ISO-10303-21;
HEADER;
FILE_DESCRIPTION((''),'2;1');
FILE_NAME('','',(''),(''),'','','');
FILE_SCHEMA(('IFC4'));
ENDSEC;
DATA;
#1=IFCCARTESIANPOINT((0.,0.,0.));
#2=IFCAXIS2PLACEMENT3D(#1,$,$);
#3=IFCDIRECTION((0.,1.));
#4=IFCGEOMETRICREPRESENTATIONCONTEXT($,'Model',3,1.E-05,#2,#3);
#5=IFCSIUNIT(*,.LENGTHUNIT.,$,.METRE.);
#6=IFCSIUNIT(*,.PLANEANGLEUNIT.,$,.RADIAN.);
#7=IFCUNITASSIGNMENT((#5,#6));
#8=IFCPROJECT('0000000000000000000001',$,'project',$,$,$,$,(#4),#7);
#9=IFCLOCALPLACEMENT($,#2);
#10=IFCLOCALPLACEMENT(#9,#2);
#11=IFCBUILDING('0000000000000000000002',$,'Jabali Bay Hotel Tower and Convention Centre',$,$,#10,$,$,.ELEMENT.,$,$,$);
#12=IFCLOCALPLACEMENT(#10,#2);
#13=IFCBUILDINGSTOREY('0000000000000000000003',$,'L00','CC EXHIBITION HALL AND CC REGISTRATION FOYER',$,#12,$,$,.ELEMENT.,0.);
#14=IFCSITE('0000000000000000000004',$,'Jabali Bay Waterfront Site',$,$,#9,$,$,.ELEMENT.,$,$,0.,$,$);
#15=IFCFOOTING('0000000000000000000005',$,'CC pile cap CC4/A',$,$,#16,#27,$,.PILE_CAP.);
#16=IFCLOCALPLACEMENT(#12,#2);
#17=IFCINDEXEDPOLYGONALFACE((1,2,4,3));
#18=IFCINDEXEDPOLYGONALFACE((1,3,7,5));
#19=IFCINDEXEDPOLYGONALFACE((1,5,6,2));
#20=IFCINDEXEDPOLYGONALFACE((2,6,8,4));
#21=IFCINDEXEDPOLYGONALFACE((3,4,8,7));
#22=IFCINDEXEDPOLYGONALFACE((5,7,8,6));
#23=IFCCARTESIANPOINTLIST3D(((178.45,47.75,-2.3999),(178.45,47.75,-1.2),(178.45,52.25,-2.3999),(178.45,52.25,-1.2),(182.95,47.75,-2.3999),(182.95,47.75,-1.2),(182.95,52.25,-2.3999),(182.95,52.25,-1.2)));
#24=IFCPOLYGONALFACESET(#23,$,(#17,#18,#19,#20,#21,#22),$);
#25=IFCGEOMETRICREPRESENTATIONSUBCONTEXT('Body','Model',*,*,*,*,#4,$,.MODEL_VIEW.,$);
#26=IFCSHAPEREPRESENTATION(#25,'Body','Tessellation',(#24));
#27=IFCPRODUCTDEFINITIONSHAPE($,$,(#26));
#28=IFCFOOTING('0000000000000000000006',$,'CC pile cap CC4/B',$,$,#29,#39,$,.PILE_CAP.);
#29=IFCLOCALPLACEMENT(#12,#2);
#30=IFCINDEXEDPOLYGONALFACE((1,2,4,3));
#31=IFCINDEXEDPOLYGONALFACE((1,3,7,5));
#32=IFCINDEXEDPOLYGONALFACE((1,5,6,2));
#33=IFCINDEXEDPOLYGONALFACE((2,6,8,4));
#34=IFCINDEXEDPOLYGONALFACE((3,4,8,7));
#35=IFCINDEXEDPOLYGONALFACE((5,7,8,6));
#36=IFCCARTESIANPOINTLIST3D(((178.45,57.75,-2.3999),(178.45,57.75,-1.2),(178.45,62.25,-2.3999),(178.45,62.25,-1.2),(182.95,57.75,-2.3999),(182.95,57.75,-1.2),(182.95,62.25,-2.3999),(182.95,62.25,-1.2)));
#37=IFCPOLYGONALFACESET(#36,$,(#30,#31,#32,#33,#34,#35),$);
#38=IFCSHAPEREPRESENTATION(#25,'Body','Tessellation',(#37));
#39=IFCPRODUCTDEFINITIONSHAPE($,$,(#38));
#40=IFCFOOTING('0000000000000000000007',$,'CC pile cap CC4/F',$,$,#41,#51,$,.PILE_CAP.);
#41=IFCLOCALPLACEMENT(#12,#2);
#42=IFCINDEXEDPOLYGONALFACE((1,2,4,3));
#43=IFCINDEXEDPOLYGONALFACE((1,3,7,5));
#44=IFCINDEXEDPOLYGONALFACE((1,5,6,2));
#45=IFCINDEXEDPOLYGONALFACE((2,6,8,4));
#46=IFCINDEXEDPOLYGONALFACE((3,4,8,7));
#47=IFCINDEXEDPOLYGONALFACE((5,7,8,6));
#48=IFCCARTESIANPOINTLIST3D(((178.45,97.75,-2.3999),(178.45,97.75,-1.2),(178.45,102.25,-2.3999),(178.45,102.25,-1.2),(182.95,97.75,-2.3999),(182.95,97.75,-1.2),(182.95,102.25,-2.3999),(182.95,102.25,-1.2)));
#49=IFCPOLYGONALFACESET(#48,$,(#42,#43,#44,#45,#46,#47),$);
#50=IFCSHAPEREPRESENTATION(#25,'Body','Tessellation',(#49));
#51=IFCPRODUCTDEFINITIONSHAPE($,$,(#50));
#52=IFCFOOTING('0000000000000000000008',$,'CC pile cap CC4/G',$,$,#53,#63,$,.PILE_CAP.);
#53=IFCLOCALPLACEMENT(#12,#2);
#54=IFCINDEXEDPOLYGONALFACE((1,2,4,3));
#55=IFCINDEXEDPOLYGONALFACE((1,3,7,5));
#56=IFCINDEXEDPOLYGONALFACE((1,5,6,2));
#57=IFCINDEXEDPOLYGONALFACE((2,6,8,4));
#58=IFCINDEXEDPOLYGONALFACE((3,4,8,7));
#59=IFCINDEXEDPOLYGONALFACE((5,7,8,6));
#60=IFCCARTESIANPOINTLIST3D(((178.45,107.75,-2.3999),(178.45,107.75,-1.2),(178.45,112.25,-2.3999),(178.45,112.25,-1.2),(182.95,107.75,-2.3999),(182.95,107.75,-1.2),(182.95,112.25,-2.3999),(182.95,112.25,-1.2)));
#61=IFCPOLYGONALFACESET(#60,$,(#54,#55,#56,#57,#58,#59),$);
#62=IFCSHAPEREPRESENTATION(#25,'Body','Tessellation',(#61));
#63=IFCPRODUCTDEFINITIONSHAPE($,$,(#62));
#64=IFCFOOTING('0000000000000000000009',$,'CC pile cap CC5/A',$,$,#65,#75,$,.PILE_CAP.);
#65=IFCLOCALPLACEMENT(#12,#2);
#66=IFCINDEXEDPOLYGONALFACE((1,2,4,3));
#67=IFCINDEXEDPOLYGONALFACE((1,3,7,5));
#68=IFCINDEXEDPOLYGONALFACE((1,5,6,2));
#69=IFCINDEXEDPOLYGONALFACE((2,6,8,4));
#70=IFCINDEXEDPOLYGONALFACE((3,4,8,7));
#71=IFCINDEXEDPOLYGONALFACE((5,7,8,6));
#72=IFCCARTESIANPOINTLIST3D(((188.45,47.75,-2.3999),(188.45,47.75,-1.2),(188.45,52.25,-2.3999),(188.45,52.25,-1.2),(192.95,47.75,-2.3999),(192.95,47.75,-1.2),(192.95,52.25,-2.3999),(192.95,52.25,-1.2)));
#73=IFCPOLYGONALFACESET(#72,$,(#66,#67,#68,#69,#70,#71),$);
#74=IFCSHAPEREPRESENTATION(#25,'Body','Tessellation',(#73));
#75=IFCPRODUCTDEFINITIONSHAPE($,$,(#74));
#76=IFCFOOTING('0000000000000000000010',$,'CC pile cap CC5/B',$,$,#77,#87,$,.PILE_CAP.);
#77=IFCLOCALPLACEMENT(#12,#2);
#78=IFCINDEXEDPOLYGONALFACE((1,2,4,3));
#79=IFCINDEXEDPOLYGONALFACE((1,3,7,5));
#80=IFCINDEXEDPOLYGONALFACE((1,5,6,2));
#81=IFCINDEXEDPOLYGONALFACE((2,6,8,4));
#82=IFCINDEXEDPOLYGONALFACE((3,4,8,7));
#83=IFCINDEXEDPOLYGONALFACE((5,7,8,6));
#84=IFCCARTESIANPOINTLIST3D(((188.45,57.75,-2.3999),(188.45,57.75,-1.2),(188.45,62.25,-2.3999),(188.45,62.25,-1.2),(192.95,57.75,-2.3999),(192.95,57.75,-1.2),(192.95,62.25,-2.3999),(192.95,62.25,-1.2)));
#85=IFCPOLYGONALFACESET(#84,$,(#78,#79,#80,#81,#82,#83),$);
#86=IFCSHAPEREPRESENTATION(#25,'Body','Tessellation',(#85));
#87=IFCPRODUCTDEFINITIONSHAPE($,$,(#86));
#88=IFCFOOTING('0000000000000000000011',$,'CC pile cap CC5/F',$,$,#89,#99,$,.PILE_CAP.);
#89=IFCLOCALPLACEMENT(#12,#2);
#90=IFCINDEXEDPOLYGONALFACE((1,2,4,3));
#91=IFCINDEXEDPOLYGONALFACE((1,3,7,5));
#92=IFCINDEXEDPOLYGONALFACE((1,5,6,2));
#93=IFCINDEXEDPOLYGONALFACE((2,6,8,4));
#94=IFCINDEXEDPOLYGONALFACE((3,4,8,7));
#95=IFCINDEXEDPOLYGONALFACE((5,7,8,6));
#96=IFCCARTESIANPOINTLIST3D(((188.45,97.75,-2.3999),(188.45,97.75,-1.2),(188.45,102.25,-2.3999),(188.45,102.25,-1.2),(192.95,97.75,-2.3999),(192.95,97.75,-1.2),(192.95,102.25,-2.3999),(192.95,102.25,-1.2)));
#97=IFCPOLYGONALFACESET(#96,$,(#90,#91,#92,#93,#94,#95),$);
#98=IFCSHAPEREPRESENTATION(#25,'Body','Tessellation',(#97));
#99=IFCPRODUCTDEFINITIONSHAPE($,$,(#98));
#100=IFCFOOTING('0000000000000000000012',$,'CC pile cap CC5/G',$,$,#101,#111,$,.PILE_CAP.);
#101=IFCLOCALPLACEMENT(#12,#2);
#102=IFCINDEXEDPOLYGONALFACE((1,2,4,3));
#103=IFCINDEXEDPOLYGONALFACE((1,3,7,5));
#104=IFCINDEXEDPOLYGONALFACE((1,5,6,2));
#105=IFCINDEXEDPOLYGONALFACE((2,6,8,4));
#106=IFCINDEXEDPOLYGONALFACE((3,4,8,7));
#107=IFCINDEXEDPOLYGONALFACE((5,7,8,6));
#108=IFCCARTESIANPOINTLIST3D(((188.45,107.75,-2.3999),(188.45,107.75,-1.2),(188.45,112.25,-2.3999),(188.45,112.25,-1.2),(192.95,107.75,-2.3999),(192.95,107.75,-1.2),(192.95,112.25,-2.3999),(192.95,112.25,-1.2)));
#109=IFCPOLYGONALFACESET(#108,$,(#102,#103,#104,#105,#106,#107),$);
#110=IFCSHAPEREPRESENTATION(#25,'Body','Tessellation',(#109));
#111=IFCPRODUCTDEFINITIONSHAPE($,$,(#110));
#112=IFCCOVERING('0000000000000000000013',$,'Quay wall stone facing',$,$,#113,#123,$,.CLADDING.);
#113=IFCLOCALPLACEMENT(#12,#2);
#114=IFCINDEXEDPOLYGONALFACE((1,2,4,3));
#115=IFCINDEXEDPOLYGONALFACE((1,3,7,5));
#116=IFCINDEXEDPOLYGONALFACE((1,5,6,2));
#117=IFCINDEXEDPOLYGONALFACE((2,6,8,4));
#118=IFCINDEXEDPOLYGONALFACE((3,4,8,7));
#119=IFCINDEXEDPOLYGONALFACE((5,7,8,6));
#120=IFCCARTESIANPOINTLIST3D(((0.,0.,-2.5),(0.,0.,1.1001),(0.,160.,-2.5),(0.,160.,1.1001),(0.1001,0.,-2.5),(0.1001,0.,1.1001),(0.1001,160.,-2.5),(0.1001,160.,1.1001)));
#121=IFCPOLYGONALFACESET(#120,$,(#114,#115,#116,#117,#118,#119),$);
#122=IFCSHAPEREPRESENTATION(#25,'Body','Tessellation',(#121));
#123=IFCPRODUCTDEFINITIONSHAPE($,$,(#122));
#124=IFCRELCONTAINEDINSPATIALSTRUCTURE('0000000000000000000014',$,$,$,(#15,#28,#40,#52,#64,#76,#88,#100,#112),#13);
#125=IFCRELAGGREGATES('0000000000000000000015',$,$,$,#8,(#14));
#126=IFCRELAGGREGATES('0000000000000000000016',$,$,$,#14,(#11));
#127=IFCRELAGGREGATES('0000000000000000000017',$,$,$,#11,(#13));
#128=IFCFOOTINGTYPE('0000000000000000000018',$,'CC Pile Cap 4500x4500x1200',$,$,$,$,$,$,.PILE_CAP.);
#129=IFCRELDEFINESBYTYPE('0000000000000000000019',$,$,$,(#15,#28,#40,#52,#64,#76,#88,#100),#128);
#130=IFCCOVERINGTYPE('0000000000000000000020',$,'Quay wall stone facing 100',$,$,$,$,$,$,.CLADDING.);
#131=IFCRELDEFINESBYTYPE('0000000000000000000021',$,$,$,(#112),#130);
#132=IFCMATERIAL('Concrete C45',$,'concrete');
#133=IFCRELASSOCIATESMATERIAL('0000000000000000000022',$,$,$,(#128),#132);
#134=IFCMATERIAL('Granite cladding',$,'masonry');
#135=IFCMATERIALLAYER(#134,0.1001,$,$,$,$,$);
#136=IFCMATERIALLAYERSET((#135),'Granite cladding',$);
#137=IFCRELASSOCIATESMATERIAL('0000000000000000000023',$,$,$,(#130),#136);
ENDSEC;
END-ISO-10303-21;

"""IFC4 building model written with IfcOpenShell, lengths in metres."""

from ifc_helpers import new_model, si_unit, direction, frame, origin, place, context, subcontext, project, spatial, polyline, outline, extrude, material, layer, layer_set, type_object, element, save


model = new_model("IFC4")

# Units and contexts
model_context = context("Model", 3, precision=1e-05, world=origin(), true_north=direction((0.0, 1.0)))
body_context = subcontext(model_context, "Body", "Model", "MODEL_VIEW")
ifc_project = project(units=[si_unit("LENGTHUNIT", "METRE"), si_unit("PLANEANGLEUNIT", "RADIAN")], contexts=[model_context])

# Site, building, storey
site_placement = place(None, origin())
site = spatial("IfcSite", under=ifc_project, at=site_placement, Name="Jabali Bay Waterfront Site", CompositionType="ELEMENT", RefElevation=0.0)
building_placement = place(site_placement, origin())
building = spatial("IfcBuilding", under=site, at=building_placement, Name="Jabali Bay Hotel Tower and Convention Centre", CompositionType="ELEMENT")
storey_placement = place(building_placement, origin())
storey = spatial("IfcBuildingStorey", under=building, at=storey_placement, Name="L00", Description="CC EXHIBITION HALL AND CC REGISTRATION FOYER", CompositionType="ELEMENT", Elevation=0.0)

# Footings
ifc_material_1 = material(Name="Concrete C45", Category="concrete")
footing_type = type_object("IfcFootingType", Name="CC Pile Cap 4500x4500x1200", PredefinedType="PILE_CAP", material=ifc_material_1)
footing_1_placement = place(storey_placement, frame((0.0, 0.0, -2.3999)))
element("IfcFooting", 1, at=footing_1_placement, inside=storey, type_object=footing_type, Name="CC pile cap CC4/A", PredefinedType="PILE_CAP", context=body_context, shape_type="SweptSolid", body=[
    extrude(outline(polyline([(178.45, 47.75), (182.95, 47.75), (182.95, 52.25), (178.45, 52.25), (178.45, 47.75)])), origin(), (0.0, 0.0, 1.0), 1.2),
])
footing_2_placement = place(storey_placement, frame((0.0, 0.0, -2.3999)))
element("IfcFooting", 2, at=footing_2_placement, inside=storey, type_object=footing_type, Name="CC pile cap CC4/B", PredefinedType="PILE_CAP", context=body_context, shape_type="SweptSolid", body=[
    extrude(outline(polyline([(178.45, 57.75), (182.95, 57.75), (182.95, 62.25), (178.45, 62.25), (178.45, 57.75)])), origin(), (0.0, 0.0, 1.0), 1.2),
])
footing_3_placement = place(storey_placement, frame((0.0, 0.0, -2.3999)))
element("IfcFooting", 3, at=footing_3_placement, inside=storey, type_object=footing_type, Name="CC pile cap CC4/F", PredefinedType="PILE_CAP", context=body_context, shape_type="SweptSolid", body=[
    extrude(outline(polyline([(178.45, 97.75), (182.95, 97.75), (182.95, 102.25), (178.45, 102.25), (178.45, 97.75)])), origin(), (0.0, 0.0, 1.0), 1.2),
])
footing_4_placement = place(storey_placement, frame((0.0, 0.0, -2.3999)))
element("IfcFooting", 4, at=footing_4_placement, inside=storey, type_object=footing_type, Name="CC pile cap CC4/G", PredefinedType="PILE_CAP", context=body_context, shape_type="SweptSolid", body=[
    extrude(outline(polyline([(178.45, 107.75), (182.95, 107.75), (182.95, 112.25), (178.45, 112.25), (178.45, 107.75)])), origin(), (0.0, 0.0, 1.0), 1.2),
])
footing_5_placement = place(storey_placement, frame((0.0, 0.0, -2.3999)))
element("IfcFooting", 5, at=footing_5_placement, inside=storey, type_object=footing_type, Name="CC pile cap CC5/A", PredefinedType="PILE_CAP", context=body_context, shape_type="SweptSolid", body=[
    extrude(outline(polyline([(188.45, 47.75), (192.95, 47.75), (192.95, 52.25), (188.45, 52.25), (188.45, 47.75)])), origin(), (0.0, 0.0, 1.0), 1.2),
])
footing_6_placement = place(storey_placement, frame((0.0, 0.0, -2.3999)))
element("IfcFooting", 6, at=footing_6_placement, inside=storey, type_object=footing_type, Name="CC pile cap CC5/B", PredefinedType="PILE_CAP", context=body_context, shape_type="SweptSolid", body=[
    extrude(outline(polyline([(188.45, 57.75), (192.95, 57.75), (192.95, 62.25), (188.45, 62.25), (188.45, 57.75)])), origin(), (0.0, 0.0, 1.0), 1.2),
])
footing_7_placement = place(storey_placement, frame((0.0, 0.0, -2.3999)))
element("IfcFooting", 7, at=footing_7_placement, inside=storey, type_object=footing_type, Name="CC pile cap CC5/F", PredefinedType="PILE_CAP", context=body_context, shape_type="SweptSolid", body=[
    extrude(outline(polyline([(188.45, 97.75), (192.95, 97.75), (192.95, 102.25), (188.45, 102.25), (188.45, 97.75)])), origin(), (0.0, 0.0, 1.0), 1.2),
])
footing_8_placement = place(storey_placement, frame((0.0, 0.0, -2.3999)))
element("IfcFooting", 8, at=footing_8_placement, inside=storey, type_object=footing_type, Name="CC pile cap CC5/G", PredefinedType="PILE_CAP", context=body_context, shape_type="SweptSolid", body=[
    extrude(outline(polyline([(188.45, 107.75), (192.95, 107.75), (192.95, 112.25), (188.45, 112.25), (188.45, 107.75)])), origin(), (0.0, 0.0, 1.0), 1.2),
])

# Covering
ifc_material_2 = material(Name="Granite cladding", Category="masonry")
ifc_layer = layer(ifc_material_2, 0.1001)
ifc_layer_set = layer_set([ifc_layer], Name="Granite cladding")
covering_type = type_object("IfcCoveringType", Name="Quay wall stone facing 100", PredefinedType="CLADDING", material=ifc_layer_set)
covering_placement = place(storey_placement, frame((0.0, 0.0, -2.5)))
element("IfcCovering", 9, at=covering_placement, inside=storey, type_object=covering_type, Name="Quay wall stone facing", PredefinedType="CLADDING", context=body_context, shape_type="SweptSolid", body=[
    extrude(outline(polyline([(0.1001, 0.0), (0.1001, 160.0), (0.0, 160.0), (0.0, 0.0), (0.1001, 0.0)])), origin(), (0.0, 0.0, 1.0), 3.6001),
])

save(model, "model.ifc")
